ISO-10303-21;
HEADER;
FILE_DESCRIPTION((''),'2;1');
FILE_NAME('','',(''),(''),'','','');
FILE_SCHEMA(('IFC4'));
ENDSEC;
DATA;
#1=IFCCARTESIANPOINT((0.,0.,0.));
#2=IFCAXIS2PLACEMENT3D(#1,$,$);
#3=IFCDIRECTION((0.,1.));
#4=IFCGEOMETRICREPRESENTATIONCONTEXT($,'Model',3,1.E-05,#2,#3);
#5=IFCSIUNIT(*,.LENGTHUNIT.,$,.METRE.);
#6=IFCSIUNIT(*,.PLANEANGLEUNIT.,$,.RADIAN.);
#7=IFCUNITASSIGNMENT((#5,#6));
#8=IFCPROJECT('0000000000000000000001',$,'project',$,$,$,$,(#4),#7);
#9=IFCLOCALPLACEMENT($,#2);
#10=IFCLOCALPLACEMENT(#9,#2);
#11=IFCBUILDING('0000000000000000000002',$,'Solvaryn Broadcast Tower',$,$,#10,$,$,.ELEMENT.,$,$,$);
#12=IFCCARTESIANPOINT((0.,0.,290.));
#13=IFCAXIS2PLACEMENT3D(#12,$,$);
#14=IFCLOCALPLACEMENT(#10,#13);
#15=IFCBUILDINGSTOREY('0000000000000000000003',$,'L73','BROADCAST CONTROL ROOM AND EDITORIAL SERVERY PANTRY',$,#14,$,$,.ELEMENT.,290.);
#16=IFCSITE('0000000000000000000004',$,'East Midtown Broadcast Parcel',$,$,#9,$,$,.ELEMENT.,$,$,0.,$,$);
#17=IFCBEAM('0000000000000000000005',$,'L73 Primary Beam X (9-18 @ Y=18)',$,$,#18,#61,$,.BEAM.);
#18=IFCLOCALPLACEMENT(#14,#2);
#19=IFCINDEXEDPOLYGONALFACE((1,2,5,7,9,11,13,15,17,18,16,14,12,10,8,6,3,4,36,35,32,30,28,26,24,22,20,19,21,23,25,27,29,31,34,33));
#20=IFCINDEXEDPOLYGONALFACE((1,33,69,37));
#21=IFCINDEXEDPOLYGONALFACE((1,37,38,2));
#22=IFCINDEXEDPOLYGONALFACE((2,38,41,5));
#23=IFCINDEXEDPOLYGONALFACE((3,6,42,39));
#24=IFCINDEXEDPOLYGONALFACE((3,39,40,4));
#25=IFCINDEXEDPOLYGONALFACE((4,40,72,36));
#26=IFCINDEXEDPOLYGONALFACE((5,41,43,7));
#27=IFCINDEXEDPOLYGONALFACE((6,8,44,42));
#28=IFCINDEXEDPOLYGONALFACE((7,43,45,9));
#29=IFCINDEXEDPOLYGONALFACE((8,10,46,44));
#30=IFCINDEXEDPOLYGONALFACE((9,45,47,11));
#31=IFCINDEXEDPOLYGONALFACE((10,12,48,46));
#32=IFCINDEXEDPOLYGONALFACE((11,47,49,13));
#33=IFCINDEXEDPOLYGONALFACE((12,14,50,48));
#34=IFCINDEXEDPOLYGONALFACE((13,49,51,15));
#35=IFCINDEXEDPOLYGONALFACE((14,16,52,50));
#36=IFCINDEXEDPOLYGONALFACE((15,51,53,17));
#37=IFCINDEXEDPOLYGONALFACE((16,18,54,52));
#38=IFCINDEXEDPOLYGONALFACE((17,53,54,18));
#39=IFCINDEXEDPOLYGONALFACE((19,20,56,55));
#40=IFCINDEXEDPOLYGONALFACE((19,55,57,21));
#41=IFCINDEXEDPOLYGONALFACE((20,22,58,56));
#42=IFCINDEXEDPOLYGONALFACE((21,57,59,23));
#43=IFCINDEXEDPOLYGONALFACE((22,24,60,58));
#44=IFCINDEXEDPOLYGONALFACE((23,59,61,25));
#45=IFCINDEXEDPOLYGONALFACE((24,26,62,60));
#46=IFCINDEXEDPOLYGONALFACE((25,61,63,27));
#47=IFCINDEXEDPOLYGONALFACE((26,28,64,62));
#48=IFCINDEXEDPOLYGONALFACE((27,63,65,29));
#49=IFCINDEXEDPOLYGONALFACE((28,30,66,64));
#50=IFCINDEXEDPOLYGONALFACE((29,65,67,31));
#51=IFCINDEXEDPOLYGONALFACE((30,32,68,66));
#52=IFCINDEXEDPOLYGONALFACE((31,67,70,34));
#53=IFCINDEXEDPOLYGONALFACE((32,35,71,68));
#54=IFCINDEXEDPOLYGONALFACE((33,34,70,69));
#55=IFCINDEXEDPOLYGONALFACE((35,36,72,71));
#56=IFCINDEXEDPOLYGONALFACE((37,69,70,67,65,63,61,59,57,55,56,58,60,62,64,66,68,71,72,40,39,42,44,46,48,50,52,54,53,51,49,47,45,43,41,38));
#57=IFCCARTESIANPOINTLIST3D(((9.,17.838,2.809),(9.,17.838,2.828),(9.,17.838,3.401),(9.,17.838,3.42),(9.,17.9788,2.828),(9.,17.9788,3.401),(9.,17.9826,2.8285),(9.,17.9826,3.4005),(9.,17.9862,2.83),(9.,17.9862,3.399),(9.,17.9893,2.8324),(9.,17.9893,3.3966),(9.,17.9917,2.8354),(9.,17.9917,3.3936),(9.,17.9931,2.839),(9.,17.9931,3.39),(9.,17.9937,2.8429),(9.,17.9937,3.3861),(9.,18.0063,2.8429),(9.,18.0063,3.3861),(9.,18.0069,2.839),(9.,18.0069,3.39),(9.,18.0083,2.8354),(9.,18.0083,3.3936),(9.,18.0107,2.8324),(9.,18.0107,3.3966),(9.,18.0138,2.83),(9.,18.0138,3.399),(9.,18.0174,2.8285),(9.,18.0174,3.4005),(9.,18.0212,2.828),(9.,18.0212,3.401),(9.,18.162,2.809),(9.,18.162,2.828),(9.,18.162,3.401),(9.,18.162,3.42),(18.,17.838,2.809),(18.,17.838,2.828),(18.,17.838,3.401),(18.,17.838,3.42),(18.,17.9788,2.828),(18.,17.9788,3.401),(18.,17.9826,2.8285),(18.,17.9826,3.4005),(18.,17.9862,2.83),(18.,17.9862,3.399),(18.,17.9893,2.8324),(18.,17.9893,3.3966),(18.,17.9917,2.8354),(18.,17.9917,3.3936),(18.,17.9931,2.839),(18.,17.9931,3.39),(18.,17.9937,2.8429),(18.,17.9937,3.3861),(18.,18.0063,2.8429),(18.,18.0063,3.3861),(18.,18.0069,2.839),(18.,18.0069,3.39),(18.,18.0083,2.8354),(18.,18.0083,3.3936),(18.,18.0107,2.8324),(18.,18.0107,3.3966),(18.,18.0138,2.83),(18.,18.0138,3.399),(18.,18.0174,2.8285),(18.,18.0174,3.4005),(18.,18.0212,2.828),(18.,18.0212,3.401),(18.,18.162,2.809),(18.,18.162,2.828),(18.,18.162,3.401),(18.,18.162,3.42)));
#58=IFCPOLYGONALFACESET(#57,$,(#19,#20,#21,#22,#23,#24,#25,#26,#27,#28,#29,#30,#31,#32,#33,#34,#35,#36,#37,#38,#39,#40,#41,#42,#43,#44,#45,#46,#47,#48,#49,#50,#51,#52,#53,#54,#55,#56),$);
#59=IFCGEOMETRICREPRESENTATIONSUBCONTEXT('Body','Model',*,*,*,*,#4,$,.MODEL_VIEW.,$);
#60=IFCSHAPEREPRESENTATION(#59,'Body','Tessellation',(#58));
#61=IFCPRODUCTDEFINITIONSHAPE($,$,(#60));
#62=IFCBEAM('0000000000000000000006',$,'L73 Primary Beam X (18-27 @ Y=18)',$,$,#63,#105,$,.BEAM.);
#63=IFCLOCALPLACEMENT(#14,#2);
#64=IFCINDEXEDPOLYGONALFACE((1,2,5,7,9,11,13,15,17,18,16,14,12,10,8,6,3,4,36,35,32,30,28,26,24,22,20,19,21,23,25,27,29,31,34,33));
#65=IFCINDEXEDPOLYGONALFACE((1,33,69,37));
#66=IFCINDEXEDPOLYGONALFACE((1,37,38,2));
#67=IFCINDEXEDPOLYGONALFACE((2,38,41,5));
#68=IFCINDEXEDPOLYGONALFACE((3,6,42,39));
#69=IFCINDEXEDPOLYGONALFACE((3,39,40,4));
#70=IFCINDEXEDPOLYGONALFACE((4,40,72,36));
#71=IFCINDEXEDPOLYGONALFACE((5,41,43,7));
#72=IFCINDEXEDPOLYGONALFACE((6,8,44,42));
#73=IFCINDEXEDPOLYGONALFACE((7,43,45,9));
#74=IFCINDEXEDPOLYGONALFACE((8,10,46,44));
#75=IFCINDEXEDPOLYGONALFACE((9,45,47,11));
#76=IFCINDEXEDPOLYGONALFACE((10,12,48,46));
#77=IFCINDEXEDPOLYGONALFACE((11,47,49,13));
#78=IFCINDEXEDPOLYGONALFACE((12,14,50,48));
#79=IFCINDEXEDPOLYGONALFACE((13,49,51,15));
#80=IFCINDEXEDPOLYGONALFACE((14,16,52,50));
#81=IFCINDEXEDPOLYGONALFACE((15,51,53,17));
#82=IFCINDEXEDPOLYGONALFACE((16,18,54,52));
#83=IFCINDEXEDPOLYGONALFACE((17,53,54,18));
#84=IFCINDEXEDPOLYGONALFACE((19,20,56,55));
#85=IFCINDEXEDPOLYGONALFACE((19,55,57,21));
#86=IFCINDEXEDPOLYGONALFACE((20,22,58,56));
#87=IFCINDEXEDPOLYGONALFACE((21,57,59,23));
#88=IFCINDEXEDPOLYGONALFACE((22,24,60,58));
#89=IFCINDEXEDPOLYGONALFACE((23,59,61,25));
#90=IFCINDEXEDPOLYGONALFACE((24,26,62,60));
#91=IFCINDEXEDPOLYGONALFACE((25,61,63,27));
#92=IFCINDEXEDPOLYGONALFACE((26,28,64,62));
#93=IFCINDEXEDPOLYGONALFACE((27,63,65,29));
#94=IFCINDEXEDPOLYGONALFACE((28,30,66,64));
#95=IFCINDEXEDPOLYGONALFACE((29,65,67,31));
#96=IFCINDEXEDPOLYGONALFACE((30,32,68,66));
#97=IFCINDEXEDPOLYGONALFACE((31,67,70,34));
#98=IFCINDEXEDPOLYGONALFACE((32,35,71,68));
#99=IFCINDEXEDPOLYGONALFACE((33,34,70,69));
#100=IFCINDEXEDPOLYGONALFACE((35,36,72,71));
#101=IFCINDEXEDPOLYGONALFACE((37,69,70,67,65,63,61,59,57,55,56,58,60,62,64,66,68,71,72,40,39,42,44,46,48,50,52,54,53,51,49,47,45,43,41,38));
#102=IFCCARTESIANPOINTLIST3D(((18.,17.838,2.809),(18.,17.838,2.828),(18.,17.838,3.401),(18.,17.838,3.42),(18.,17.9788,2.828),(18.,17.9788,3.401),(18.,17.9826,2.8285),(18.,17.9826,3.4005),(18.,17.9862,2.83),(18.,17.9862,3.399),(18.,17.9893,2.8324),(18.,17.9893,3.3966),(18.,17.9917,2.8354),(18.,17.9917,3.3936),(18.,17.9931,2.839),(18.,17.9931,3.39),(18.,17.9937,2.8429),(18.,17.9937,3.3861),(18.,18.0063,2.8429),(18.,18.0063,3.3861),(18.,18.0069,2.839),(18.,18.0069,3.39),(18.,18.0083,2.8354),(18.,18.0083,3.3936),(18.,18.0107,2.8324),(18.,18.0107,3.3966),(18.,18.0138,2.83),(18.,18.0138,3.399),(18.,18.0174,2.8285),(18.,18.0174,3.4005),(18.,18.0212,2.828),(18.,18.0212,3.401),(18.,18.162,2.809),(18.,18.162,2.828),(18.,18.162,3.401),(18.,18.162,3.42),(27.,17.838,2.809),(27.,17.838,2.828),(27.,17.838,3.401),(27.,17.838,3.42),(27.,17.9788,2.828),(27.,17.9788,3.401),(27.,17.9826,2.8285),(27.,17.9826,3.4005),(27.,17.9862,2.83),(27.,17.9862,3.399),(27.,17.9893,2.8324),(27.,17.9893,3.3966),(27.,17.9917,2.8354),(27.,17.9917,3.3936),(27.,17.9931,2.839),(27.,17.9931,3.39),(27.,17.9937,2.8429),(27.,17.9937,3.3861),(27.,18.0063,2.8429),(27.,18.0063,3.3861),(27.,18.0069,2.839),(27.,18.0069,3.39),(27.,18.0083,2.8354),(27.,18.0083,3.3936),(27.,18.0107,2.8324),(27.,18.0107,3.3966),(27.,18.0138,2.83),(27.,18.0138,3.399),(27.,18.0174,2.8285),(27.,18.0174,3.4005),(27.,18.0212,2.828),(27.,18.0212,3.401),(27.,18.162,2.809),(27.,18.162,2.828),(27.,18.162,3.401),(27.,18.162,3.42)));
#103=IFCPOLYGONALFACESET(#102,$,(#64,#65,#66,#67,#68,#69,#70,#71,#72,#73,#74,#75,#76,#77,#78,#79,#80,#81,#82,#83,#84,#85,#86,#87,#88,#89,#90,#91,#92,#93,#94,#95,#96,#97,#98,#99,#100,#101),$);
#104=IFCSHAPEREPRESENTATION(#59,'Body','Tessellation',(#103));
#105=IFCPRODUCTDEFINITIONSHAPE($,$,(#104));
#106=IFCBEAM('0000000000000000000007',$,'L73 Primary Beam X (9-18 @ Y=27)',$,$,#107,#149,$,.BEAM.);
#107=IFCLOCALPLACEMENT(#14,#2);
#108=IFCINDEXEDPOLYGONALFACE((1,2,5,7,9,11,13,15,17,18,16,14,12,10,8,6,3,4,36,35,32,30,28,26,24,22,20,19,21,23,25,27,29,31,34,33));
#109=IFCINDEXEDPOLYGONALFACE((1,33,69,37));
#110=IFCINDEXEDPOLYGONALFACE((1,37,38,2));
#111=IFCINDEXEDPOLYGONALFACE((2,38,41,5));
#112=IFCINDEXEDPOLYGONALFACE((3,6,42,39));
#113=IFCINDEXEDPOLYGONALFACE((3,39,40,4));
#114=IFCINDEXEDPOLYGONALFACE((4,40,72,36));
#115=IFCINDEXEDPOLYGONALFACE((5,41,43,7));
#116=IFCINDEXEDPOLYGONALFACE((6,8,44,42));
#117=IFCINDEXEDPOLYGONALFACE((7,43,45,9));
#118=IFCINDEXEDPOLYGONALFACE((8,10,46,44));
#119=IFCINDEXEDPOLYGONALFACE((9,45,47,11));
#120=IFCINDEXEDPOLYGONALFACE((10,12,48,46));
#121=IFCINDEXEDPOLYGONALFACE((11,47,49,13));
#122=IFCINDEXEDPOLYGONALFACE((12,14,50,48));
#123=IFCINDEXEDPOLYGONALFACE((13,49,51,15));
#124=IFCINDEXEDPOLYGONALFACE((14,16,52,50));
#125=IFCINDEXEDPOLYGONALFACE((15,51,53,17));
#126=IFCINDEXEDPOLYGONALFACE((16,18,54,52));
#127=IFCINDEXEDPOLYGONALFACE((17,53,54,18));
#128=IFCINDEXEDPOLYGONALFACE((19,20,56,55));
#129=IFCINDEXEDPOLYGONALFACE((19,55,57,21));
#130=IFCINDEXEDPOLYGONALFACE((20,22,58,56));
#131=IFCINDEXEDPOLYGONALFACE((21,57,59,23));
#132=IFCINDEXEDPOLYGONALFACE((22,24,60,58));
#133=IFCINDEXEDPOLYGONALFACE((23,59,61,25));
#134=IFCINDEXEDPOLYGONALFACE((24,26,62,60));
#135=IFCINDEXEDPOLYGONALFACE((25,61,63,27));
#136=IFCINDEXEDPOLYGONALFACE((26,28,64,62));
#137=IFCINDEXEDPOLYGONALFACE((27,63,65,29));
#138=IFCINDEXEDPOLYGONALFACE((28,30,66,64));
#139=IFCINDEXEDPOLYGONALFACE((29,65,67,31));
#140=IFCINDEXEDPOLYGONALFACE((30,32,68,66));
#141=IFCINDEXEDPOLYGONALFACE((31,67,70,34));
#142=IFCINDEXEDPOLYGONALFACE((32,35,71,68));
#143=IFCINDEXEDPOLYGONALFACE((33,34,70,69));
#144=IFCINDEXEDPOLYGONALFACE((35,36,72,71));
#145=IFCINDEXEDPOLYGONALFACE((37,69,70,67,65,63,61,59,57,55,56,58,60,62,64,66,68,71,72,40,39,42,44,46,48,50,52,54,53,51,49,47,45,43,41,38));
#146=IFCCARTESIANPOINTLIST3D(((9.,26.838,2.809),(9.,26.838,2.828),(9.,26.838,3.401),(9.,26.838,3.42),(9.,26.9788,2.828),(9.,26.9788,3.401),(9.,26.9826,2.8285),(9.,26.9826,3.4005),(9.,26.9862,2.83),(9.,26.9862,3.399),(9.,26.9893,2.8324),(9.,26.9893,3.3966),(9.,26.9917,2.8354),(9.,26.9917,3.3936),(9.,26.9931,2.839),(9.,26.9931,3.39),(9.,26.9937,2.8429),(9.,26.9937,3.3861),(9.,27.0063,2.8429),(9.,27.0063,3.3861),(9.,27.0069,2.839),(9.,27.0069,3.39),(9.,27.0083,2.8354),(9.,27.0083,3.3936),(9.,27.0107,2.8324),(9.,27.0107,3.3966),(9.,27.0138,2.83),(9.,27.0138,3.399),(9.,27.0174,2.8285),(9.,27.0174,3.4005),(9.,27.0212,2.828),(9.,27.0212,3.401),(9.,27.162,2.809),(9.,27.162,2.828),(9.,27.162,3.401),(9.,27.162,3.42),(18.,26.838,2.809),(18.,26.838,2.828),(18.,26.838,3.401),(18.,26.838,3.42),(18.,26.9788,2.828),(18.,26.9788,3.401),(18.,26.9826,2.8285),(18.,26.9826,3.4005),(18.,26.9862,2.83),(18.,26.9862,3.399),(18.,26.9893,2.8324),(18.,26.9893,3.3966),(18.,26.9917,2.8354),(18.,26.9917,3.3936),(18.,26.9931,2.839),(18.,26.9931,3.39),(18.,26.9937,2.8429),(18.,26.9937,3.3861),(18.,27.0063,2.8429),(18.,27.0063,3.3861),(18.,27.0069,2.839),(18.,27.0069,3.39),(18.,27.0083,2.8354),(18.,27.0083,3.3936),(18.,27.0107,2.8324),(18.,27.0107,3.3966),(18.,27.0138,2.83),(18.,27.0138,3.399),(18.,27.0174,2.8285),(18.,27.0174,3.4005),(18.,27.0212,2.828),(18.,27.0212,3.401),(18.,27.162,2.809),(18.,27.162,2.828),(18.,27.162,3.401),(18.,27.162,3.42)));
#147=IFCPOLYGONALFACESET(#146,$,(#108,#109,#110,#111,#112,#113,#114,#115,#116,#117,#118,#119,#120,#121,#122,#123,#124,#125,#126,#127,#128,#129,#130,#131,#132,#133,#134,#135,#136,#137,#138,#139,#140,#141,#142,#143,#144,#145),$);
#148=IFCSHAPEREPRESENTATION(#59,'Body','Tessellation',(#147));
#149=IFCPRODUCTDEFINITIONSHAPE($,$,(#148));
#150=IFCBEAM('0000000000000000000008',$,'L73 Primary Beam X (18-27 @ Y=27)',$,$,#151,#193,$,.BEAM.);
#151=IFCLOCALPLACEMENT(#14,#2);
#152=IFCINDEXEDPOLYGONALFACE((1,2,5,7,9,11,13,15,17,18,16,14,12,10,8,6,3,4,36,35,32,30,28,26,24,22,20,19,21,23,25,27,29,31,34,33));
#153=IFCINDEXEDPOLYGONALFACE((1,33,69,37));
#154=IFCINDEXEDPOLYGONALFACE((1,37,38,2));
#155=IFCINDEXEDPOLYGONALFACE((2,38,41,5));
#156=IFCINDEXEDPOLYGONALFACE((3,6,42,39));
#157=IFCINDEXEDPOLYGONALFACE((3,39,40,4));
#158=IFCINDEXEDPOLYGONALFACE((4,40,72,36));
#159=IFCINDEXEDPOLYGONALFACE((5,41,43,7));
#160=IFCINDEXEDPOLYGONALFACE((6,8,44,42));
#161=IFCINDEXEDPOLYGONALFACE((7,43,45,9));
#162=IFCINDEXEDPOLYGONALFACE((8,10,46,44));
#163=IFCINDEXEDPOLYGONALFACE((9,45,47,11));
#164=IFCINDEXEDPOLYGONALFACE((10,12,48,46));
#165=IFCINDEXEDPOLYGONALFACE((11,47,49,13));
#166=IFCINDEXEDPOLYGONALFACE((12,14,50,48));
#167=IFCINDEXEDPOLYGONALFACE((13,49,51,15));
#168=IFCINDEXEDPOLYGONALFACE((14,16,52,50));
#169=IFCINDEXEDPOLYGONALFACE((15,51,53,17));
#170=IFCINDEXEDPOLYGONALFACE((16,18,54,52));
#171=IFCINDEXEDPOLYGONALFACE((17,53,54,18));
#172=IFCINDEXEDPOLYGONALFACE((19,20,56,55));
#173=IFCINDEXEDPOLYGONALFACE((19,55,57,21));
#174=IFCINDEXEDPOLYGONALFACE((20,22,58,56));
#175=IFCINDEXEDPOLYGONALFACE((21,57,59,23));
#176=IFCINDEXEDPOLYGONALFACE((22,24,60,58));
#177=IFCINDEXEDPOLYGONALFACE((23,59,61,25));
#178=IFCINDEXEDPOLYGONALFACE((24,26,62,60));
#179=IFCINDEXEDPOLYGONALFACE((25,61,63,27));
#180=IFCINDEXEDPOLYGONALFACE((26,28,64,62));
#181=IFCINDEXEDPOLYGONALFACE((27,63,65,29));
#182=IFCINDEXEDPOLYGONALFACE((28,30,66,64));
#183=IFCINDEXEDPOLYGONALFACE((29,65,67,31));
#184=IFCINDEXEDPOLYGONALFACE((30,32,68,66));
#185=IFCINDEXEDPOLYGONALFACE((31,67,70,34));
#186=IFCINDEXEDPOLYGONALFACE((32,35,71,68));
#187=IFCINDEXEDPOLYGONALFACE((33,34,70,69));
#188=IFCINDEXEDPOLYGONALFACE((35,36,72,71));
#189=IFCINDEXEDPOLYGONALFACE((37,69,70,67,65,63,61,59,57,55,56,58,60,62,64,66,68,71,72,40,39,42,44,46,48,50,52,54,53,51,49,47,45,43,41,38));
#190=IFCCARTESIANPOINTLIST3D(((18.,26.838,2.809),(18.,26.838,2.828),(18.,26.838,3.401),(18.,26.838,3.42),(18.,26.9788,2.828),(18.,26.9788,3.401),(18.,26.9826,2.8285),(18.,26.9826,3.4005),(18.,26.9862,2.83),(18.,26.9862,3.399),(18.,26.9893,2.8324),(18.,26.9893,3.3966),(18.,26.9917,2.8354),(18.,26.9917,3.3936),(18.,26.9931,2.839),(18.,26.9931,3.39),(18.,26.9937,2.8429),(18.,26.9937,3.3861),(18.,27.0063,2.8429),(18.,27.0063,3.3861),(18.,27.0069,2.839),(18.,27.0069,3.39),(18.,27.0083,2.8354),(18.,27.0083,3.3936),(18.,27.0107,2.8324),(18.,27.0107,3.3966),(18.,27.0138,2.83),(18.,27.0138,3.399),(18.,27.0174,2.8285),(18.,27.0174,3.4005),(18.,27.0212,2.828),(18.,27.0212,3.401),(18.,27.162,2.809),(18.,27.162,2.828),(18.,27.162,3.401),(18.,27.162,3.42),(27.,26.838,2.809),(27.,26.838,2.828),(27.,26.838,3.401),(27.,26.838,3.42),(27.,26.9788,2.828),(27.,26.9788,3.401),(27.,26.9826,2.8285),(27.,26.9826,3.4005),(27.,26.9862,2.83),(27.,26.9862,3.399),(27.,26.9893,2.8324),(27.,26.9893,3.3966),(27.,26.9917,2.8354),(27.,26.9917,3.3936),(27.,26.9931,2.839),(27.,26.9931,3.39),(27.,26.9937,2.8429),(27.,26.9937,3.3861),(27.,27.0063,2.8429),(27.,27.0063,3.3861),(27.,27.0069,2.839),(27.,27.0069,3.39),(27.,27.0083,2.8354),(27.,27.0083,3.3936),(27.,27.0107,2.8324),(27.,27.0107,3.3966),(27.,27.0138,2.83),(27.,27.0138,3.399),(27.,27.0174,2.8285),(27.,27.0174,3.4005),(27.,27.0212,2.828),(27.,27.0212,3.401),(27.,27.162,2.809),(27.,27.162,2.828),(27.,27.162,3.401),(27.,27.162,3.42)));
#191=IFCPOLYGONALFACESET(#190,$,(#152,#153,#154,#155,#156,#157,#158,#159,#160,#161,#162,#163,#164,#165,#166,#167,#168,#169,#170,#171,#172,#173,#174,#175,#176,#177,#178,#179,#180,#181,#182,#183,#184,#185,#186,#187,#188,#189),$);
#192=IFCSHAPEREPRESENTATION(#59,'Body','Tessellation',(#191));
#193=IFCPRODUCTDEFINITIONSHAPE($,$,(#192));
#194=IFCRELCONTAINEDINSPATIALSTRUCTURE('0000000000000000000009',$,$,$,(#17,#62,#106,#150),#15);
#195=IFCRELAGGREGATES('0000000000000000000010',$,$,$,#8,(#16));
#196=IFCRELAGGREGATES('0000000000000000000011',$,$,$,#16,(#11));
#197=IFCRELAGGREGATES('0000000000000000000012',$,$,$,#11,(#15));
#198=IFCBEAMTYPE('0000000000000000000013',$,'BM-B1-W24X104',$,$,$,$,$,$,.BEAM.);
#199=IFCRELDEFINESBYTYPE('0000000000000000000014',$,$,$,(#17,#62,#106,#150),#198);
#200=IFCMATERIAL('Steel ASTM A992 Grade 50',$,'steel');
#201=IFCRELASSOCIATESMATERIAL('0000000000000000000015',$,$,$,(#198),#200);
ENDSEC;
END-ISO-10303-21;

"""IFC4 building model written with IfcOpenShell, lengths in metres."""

from ifc_helpers import new_model, si_unit, direction, frame, origin, origin_2d, place, context, subcontext, project, spatial, i_section, extrude, material, material_profile, profile_set, type_object, element, save


model = new_model("IFC4")

# Units and contexts
model_context = context("Model", 3, precision=1e-05, world=origin(), true_north=direction((0.0, 1.0)))
body_context = subcontext(model_context, "Body", "Model", "MODEL_VIEW")
ifc_project = project(units=[si_unit("LENGTHUNIT", "METRE"), si_unit("PLANEANGLEUNIT", "RADIAN")], contexts=[model_context])

# Site, building, storey
site_placement = place(None, origin())
site = spatial("IfcSite", under=ifc_project, at=site_placement, Name="East Midtown Broadcast Parcel", CompositionType="ELEMENT", RefElevation=0.0)
building_placement = place(site_placement, origin())
building = spatial("IfcBuilding", under=site, at=building_placement, Name="Solvaryn Broadcast Tower", CompositionType="ELEMENT")
storey_placement = place(building_placement, frame((0.0, 0.0, 290.0)))
storey = spatial("IfcBuildingStorey", under=building, at=storey_placement, Name="L73", Description="BROADCAST CONTROL ROOM AND EDITORIAL SERVERY PANTRY", CompositionType="ELEMENT", Elevation=290.0)

# Beams
ifc_material_1 = material(Name="Steel ASTM A992 Grade 50", Category="steel")
ifc_material_profile_1 = material_profile(ifc_material_1, i_section(OverallWidth=0.324, OverallDepth=0.6111, WebThickness=0.0127, FlangeThickness=0.019, FilletRadius=0.0149, at=origin_2d()))
ifc_profile_set_1 = profile_set([ifc_material_profile_1], Name="Steel ASTM A992 Grade 50")
beam_type_1 = type_object("IfcBeamType", Name="BM-B1-W24X104", PredefinedType="BEAM", material=ifc_profile_set_1)
for number, where, z_axis, x_axis, name in (
    (1, (9.0, 18.0, 3.1145), (1.0, 0.0, 0.0), (0.0, 1.0, 0.0), "L73 Primary Beam X (9-18 @ Y=18)"),
    (2, (18.0, 18.0, 3.1145), (1.0, 0.0, 0.0), (0.0, 1.0, 0.0), "L73 Primary Beam X (18-27 @ Y=18)"),
    (3, (9.0, 27.0, 3.1145), (1.0, 0.0, 0.0), (0.0, 1.0, 0.0), "L73 Primary Beam X (9-18 @ Y=27)"),
    (4, (18.0, 27.0, 3.1145), (1.0, 0.0, 0.0), (0.0, 1.0, 0.0), "L73 Primary Beam X (18-27 @ Y=27)"),
):
    element("IfcBeam", number, at=place(storey_placement, frame(where, z_axis=z_axis, x_axis=x_axis)), inside=storey, type_object=beam_type_1, Name=name, PredefinedType="BEAM", context=body_context, shape_type="SweptSolid", body=[
        extrude(i_section(OverallWidth=0.324, OverallDepth=0.6111, WebThickness=0.0127, FlangeThickness=0.019, FilletRadius=0.0149, at=origin_2d()), origin(), (0.0, 0.0, 1.0), 9.0),
    ])

save(model, "model.ifc")
